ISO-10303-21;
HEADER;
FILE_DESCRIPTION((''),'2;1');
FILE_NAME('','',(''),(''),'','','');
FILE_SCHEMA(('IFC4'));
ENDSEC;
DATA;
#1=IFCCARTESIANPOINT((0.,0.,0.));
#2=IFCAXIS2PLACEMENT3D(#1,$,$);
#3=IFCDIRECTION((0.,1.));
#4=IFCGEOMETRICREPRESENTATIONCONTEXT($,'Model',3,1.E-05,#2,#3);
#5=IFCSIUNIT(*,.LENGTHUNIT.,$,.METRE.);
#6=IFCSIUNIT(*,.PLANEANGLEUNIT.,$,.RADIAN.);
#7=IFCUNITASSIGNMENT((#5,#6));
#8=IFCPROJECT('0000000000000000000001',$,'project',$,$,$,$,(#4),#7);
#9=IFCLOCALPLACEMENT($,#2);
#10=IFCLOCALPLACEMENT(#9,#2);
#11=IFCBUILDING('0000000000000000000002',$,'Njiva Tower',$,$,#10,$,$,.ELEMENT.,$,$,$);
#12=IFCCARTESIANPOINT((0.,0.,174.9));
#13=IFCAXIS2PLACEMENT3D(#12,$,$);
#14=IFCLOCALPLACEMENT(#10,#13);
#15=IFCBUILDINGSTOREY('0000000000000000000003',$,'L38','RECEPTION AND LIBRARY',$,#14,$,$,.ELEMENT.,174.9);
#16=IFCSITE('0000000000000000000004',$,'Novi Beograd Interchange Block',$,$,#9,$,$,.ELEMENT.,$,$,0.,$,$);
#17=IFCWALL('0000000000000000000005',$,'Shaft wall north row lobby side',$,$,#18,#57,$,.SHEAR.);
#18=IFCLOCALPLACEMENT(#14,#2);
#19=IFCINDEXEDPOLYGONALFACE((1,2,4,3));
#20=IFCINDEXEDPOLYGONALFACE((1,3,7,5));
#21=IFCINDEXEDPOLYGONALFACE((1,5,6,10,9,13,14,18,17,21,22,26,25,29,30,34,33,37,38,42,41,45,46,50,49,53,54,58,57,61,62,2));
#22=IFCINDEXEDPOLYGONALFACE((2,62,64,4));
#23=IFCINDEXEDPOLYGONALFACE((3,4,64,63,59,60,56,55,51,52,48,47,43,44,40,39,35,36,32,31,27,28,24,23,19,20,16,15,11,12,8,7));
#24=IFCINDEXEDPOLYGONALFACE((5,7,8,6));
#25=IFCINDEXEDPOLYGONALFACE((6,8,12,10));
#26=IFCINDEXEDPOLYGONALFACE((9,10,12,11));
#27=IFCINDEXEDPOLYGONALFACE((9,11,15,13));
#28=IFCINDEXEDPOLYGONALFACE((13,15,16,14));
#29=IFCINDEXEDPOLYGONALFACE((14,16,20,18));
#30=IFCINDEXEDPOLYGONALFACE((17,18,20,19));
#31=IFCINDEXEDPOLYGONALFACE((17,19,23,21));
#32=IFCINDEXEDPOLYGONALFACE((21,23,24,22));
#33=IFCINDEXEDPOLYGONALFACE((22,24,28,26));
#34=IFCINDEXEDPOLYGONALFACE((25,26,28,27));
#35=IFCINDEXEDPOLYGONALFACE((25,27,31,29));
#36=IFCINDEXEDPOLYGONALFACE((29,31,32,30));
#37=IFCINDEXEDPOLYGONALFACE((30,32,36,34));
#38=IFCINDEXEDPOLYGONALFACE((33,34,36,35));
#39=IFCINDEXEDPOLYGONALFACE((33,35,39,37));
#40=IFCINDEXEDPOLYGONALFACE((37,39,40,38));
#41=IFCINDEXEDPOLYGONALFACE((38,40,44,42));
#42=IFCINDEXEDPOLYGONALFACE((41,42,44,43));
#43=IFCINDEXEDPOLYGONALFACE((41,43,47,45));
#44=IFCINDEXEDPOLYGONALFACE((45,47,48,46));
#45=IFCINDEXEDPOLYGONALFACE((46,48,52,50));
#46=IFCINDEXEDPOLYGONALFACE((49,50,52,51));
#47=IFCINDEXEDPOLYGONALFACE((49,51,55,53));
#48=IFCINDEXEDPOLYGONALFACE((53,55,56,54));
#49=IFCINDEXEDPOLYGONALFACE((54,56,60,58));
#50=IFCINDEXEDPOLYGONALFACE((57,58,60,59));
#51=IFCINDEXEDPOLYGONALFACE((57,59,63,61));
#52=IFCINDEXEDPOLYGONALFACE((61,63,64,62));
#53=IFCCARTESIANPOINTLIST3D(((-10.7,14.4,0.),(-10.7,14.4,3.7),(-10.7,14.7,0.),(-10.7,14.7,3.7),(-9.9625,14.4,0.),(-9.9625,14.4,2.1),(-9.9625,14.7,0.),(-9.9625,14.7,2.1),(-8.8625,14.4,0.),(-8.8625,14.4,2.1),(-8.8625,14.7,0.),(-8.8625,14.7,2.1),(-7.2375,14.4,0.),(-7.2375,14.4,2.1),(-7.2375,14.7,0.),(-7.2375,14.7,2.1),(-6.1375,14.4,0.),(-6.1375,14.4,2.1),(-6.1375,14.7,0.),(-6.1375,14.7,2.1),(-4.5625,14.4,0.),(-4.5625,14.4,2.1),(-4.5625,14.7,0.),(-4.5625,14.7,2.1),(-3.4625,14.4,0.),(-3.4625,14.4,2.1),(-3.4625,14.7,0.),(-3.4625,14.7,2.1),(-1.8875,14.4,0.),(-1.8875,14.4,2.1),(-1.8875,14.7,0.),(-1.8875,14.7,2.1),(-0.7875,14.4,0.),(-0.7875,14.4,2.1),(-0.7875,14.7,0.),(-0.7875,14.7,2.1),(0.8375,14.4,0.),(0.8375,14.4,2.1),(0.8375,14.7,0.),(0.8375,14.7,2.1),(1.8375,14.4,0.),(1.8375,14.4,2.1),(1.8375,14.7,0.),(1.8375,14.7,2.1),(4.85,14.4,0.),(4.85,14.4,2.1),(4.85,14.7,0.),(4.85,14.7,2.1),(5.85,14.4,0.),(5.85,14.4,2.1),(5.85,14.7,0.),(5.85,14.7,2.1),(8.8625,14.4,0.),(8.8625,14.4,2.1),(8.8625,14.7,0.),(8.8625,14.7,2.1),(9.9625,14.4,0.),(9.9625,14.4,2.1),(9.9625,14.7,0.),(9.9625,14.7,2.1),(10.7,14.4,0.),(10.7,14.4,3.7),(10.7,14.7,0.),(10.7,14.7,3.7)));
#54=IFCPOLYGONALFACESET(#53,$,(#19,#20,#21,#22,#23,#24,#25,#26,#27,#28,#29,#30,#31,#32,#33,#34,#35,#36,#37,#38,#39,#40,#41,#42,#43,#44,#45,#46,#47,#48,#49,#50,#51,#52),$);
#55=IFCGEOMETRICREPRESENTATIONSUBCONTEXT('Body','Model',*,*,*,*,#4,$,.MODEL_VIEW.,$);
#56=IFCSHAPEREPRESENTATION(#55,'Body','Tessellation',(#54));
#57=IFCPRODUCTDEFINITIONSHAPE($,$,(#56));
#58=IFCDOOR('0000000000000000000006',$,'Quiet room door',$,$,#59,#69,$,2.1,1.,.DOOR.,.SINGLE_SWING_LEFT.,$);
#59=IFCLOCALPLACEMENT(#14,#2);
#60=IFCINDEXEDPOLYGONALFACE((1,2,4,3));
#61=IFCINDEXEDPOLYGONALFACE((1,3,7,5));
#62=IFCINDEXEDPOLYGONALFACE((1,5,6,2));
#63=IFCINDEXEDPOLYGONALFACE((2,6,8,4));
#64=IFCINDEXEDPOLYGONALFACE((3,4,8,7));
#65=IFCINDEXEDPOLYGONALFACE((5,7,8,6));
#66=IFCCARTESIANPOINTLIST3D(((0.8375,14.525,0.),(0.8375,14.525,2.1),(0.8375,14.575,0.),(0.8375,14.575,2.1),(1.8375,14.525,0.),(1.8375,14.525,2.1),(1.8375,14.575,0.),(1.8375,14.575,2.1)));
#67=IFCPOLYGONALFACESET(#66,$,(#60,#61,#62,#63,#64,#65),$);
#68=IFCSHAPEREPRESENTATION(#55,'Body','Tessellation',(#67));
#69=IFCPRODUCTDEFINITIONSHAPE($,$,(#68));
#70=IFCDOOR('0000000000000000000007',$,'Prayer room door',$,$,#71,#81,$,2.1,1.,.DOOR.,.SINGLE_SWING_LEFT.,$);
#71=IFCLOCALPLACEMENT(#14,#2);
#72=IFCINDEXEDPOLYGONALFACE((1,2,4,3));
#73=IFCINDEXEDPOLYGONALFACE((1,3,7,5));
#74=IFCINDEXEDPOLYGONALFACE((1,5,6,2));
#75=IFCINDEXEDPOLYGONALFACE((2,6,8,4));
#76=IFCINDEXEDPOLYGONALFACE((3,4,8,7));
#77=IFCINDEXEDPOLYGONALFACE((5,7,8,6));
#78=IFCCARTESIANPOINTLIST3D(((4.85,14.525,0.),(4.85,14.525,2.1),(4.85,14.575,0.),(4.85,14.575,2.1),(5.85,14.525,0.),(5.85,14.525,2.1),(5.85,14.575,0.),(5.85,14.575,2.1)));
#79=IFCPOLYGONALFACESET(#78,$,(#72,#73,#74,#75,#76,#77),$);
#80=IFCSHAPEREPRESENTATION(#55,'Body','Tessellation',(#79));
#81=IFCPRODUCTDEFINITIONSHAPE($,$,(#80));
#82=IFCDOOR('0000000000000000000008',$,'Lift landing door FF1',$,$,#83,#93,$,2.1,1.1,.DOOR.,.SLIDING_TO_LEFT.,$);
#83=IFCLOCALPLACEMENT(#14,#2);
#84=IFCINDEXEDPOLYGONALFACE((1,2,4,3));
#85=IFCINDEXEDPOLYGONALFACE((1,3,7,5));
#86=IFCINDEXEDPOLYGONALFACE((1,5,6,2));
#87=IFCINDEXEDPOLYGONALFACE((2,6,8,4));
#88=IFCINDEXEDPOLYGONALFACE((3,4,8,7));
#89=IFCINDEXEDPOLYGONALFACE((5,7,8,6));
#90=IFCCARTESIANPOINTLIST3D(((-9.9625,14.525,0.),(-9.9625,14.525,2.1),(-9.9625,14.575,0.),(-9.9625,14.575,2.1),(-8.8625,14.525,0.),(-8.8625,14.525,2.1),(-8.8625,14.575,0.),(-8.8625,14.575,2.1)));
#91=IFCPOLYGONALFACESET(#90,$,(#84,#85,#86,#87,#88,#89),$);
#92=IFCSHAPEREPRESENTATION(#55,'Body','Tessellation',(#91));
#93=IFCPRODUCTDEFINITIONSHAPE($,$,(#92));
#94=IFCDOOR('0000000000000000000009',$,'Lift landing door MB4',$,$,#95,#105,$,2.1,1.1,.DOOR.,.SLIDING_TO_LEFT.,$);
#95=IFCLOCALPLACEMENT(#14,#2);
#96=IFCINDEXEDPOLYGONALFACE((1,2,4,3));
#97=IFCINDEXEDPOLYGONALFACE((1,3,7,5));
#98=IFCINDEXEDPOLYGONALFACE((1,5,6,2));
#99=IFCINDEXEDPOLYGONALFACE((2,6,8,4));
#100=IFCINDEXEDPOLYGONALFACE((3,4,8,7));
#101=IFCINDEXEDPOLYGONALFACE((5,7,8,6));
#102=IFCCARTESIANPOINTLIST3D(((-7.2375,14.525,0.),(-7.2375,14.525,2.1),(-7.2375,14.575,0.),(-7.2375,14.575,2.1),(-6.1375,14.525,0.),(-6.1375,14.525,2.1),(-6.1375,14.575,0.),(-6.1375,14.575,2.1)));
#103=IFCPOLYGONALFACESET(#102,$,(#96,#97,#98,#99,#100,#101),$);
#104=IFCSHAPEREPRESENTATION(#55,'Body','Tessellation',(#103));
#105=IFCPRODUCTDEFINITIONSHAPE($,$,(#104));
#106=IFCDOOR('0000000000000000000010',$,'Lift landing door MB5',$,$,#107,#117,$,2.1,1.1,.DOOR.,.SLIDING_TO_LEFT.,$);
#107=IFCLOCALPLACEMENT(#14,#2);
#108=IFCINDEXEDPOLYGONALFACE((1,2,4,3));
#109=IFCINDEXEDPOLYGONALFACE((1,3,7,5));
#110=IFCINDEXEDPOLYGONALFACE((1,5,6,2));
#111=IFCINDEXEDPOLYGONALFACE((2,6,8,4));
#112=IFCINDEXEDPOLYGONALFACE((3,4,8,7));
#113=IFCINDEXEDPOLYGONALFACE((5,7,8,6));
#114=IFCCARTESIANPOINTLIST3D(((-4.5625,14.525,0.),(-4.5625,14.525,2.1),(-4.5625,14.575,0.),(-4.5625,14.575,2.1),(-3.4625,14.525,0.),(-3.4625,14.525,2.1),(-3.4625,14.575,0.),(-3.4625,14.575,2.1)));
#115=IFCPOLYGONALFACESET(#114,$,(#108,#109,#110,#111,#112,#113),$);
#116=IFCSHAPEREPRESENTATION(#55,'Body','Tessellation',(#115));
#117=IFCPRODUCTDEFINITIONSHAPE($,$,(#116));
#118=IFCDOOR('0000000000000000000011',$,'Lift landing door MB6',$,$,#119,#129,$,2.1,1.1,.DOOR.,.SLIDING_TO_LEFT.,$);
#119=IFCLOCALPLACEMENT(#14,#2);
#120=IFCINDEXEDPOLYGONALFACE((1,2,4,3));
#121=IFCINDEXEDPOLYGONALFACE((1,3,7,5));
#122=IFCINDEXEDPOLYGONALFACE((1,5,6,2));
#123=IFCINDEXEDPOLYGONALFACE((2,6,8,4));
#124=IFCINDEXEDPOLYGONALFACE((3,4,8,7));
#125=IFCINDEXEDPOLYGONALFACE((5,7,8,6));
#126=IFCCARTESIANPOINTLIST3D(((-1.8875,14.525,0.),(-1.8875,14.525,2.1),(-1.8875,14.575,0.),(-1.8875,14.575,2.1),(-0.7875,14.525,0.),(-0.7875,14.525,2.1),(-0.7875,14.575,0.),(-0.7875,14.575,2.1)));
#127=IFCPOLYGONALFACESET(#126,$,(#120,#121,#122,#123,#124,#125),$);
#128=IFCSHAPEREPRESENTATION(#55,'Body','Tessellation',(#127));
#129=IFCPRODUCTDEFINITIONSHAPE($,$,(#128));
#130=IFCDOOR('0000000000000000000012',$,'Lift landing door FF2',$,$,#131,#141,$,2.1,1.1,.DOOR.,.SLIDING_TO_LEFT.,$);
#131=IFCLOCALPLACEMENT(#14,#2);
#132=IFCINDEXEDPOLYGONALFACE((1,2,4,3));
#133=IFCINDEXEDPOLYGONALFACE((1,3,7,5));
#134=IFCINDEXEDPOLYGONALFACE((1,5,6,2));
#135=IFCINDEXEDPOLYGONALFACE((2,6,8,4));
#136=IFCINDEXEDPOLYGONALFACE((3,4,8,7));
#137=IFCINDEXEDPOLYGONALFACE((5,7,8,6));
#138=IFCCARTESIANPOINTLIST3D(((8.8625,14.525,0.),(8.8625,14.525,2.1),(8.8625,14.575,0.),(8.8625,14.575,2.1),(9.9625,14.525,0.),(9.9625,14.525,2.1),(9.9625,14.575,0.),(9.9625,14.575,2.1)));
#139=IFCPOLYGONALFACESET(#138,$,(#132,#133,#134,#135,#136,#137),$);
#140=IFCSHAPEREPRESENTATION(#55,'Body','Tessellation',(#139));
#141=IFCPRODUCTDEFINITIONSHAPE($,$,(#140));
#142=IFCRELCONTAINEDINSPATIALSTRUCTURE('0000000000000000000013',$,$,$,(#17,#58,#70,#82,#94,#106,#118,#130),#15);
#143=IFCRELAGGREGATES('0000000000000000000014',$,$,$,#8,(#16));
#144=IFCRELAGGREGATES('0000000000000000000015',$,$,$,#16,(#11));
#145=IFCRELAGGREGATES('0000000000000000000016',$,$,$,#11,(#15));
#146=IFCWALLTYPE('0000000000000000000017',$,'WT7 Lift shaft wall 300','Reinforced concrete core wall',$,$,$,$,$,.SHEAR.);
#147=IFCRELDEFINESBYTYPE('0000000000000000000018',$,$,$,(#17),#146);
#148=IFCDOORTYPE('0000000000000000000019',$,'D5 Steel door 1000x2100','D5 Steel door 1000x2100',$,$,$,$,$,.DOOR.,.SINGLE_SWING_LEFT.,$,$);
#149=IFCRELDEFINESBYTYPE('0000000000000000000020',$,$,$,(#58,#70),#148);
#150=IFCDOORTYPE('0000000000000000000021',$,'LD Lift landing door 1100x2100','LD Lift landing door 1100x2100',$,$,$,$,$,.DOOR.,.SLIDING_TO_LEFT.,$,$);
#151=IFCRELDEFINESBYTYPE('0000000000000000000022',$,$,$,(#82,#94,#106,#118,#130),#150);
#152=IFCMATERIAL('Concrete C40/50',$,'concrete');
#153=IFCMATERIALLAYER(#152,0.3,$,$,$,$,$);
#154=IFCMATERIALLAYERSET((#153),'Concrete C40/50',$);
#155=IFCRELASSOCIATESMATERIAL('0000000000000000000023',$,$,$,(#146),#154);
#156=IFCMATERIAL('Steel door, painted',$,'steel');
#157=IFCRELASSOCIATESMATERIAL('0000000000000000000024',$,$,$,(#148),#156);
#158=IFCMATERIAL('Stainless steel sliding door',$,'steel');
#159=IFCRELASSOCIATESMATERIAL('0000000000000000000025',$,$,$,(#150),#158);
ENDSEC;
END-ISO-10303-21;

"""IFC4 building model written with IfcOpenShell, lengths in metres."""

from ifc_helpers import new_model, si_unit, direction, frame, frame_2d, origin, place, context, subcontext, project, spatial, rectangle, extrude, material, layer, layer_set, type_object, element, fill, save


model = new_model("IFC4")

# Units and contexts
model_context = context("Model", 3, precision=1e-05, world=origin(), true_north=direction((0.0, 1.0)))
body_context = subcontext(model_context, "Body", "Model", "MODEL_VIEW")
ifc_project = project(units=[si_unit("LENGTHUNIT", "METRE"), si_unit("PLANEANGLEUNIT", "RADIAN")], contexts=[model_context])

# Site, building, storey
site_placement = place(None, origin())
site = spatial("IfcSite", under=ifc_project, at=site_placement, Name="Novi Beograd Interchange Block", CompositionType="ELEMENT", RefElevation=0.0)
building_placement = place(site_placement, origin())
building = spatial("IfcBuilding", under=site, at=building_placement, Name="Njiva Tower", CompositionType="ELEMENT")
storey_placement = place(building_placement, frame((0.0, 0.0, 174.9)))
storey = spatial("IfcBuildingStorey", under=building, at=storey_placement, Name="L38", Description="RECEPTION AND LIBRARY", CompositionType="ELEMENT", Elevation=174.9)

# Wall, openings, doors
ifc_material_1 = material(Name="Concrete C40/50", Category="concrete")
ifc_layer_1 = layer(ifc_material_1, 0.3)
ifc_layer_set_1 = layer_set([ifc_layer_1], Name="Concrete C40/50")
wall_type_1 = type_object("IfcWallType", Name="WT7 Lift shaft wall 300", Description="Reinforced concrete core wall", PredefinedType="SHEAR", material=ifc_layer_set_1)
wall_1_placement = place(storey_placement, frame((-10.7, 14.55, 0.0), z_axis=(0.0, 0.0, 1.0), x_axis=(1.0, 0.0, 0.0)))
wall_1 = element("IfcWall", 1, at=wall_1_placement, inside=storey, type_object=wall_type_1, Name="Shaft wall north row lobby side", PredefinedType="SHEAR", context=body_context, shape_type="SweptSolid", body=[
    extrude(rectangle(XDim=21.4, YDim=0.3, at=frame_2d((10.7, 0.0))), origin(), (0.0, 0.0, 1.0), 3.7),
])
opening_1_placement = place(wall_1_placement, frame((0.7375, 0.0, 0.0)))
opening_1 = element("IfcOpeningElement", 2, at=opening_1_placement, cuts=wall_1, PredefinedType="OPENING", context=body_context, shape_type="SweptSolid", body=[
    extrude(rectangle(XDim=1.1, YDim=2.1, at=frame_2d((0.55, 1.05))), frame((0.0, 0.16, 0.0), z_axis=(0.0, -1.0, 0.0), x_axis=(1.0, 0.0, 0.0)), (0.0, 0.0, 1.0), 0.32),
])
opening_2_placement = place(wall_1_placement, frame((3.4625, 0.0, 0.0)))
opening_2 = element("IfcOpeningElement", 3, at=opening_2_placement, cuts=wall_1, PredefinedType="OPENING", context=body_context, shape_type="SweptSolid", body=[
    extrude(rectangle(XDim=1.1, YDim=2.1, at=frame_2d((0.55, 1.05))), frame((0.0, 0.16, 0.0), z_axis=(0.0, -1.0, 0.0), x_axis=(1.0, 0.0, 0.0)), (0.0, 0.0, 1.0), 0.32),
])
opening_3_placement = place(wall_1_placement, frame((6.1375, 0.0, 0.0)))
opening_3 = element("IfcOpeningElement", 4, at=opening_3_placement, cuts=wall_1, PredefinedType="OPENING", context=body_context, shape_type="SweptSolid", body=[
    extrude(rectangle(XDim=1.1, YDim=2.1, at=frame_2d((0.55, 1.05))), frame((0.0, 0.16, 0.0), z_axis=(0.0, -1.0, 0.0), x_axis=(1.0, 0.0, 0.0)), (0.0, 0.0, 1.0), 0.32),
])
opening_4_placement = place(wall_1_placement, frame((8.8125, 0.0, 0.0)))
opening_4 = element("IfcOpeningElement", 5, at=opening_4_placement, cuts=wall_1, PredefinedType="OPENING", context=body_context, shape_type="SweptSolid", body=[
    extrude(rectangle(XDim=1.1, YDim=2.1, at=frame_2d((0.55, 1.05))), frame((0.0, 0.16, 0.0), z_axis=(0.0, -1.0, 0.0), x_axis=(1.0, 0.0, 0.0)), (0.0, 0.0, 1.0), 0.32),
])
opening_5_placement = place(wall_1_placement, frame((19.5625, 0.0, 0.0)))
opening_5 = element("IfcOpeningElement", 6, at=opening_5_placement, cuts=wall_1, PredefinedType="OPENING", context=body_context, shape_type="SweptSolid", body=[
    extrude(rectangle(XDim=1.1, YDim=2.1, at=frame_2d((0.55, 1.05))), frame((0.0, 0.16, 0.0), z_axis=(0.0, -1.0, 0.0), x_axis=(1.0, 0.0, 0.0)), (0.0, 0.0, 1.0), 0.32),
])
opening_6_placement = place(wall_1_placement, frame((11.5375, 0.0, 0.0)))
opening_6 = element("IfcOpeningElement", 7, at=opening_6_placement, cuts=wall_1, PredefinedType="OPENING", context=body_context, shape_type="SweptSolid", body=[
    extrude(rectangle(XDim=1.0, YDim=2.1, at=frame_2d((0.5, 1.05))), frame((0.0, 0.16, 0.0), z_axis=(0.0, -1.0, 0.0), x_axis=(1.0, 0.0, 0.0)), (0.0, 0.0, 1.0), 0.32),
])
opening_7_placement = place(wall_1_placement, frame((15.55, 0.0, 0.0)))
opening_7 = element("IfcOpeningElement", 8, at=opening_7_placement, cuts=wall_1, PredefinedType="OPENING", context=body_context, shape_type="SweptSolid", body=[
    extrude(rectangle(XDim=1.0, YDim=2.1, at=frame_2d((0.5, 1.05))), frame((0.0, 0.16, 0.0), z_axis=(0.0, -1.0, 0.0), x_axis=(1.0, 0.0, 0.0)), (0.0, 0.0, 1.0), 0.32),
])
ifc_material_2 = material(Name="Steel door, painted", Category="steel")
door_type_1 = type_object("IfcDoorType", Name="D5 Steel door 1000x2100", Description="D5 Steel door 1000x2100", OperationType="SINGLE_SWING_LEFT", PredefinedType="DOOR", material=ifc_material_2)
door_1_placement = place(opening_6_placement, origin())
door_1 = element("IfcDoor", 9, at=door_1_placement, inside=storey, type_object=door_type_1, Name="Quiet room door", OperationType="SINGLE_SWING_LEFT", OverallHeight=2.1, OverallWidth=1.0, PredefinedType="DOOR", context=body_context, shape_type="SweptSolid", body=[
    extrude(rectangle(XDim=1.0, YDim=2.1, at=frame_2d((0.5, 1.05))), frame((0.0, 0.025, 0.0), z_axis=(0.0, -1.0, 0.0), x_axis=(1.0, 0.0, 0.0)), (0.0, 0.0, 1.0), 0.05),
])
fill(opening_6, door_1)
door_2_placement = place(opening_7_placement, origin())
door_2 = element("IfcDoor", 10, at=door_2_placement, inside=storey, type_object=door_type_1, Name="Prayer room door", OperationType="SINGLE_SWING_LEFT", OverallHeight=2.1, OverallWidth=1.0, PredefinedType="DOOR", context=body_context, shape_type="SweptSolid", body=[
    extrude(rectangle(XDim=1.0, YDim=2.1, at=frame_2d((0.5, 1.05))), frame((0.0, 0.025, 0.0), z_axis=(0.0, -1.0, 0.0), x_axis=(1.0, 0.0, 0.0)), (0.0, 0.0, 1.0), 0.05),
])
fill(opening_7, door_2)
ifc_material_3 = material(Name="Stainless steel sliding door", Category="steel")
door_type_2 = type_object("IfcDoorType", Name="LD Lift landing door 1100x2100", Description="LD Lift landing door 1100x2100", OperationType="SLIDING_TO_LEFT", PredefinedType="DOOR", material=ifc_material_3)
door_3_placement = place(opening_1_placement, origin())
door_3 = element("IfcDoor", 11, at=door_3_placement, inside=storey, type_object=door_type_2, Name="Lift landing door FF1", OperationType="SLIDING_TO_LEFT", OverallHeight=2.1, OverallWidth=1.1, PredefinedType="DOOR", context=body_context, shape_type="SweptSolid", body=[
    extrude(rectangle(XDim=1.1, YDim=2.1, at=frame_2d((0.55, 1.05))), frame((0.0, 0.025, 0.0), z_axis=(0.0, -1.0, 0.0), x_axis=(1.0, 0.0, 0.0)), (0.0, 0.0, 1.0), 0.05),
])
fill(opening_1, door_3)
door_4_placement = place(opening_2_placement, origin())
door_4 = element("IfcDoor", 12, at=door_4_placement, inside=storey, type_object=door_type_2, Name="Lift landing door MB4", OperationType="SLIDING_TO_LEFT", OverallHeight=2.1, OverallWidth=1.1, PredefinedType="DOOR", context=body_context, shape_type="SweptSolid", body=[
    extrude(rectangle(XDim=1.1, YDim=2.1, at=frame_2d((0.55, 1.05))), frame((0.0, 0.025, 0.0), z_axis=(0.0, -1.0, 0.0), x_axis=(1.0, 0.0, 0.0)), (0.0, 0.0, 1.0), 0.05),
])
fill(opening_2, door_4)
door_5_placement = place(opening_3_placement, origin())
door_5 = element("IfcDoor", 13, at=door_5_placement, inside=storey, type_object=door_type_2, Name="Lift landing door MB5", OperationType="SLIDING_TO_LEFT", OverallHeight=2.1, OverallWidth=1.1, PredefinedType="DOOR", context=body_context, shape_type="SweptSolid", body=[
    extrude(rectangle(XDim=1.1, YDim=2.1, at=frame_2d((0.55, 1.05))), frame((0.0, 0.025, 0.0), z_axis=(0.0, -1.0, 0.0), x_axis=(1.0, 0.0, 0.0)), (0.0, 0.0, 1.0), 0.05),
])
fill(opening_3, door_5)
door_6_placement = place(opening_4_placement, origin())
door_6 = element("IfcDoor", 14, at=door_6_placement, inside=storey, type_object=door_type_2, Name="Lift landing door MB6", OperationType="SLIDING_TO_LEFT", OverallHeight=2.1, OverallWidth=1.1, PredefinedType="DOOR", context=body_context, shape_type="SweptSolid", body=[
    extrude(rectangle(XDim=1.1, YDim=2.1, at=frame_2d((0.55, 1.05))), frame((0.0, 0.025, 0.0), z_axis=(0.0, -1.0, 0.0), x_axis=(1.0, 0.0, 0.0)), (0.0, 0.0, 1.0), 0.05),
])
fill(opening_4, door_6)
door_7_placement = place(opening_5_placement, origin())
door_7 = element("IfcDoor", 15, at=door_7_placement, inside=storey, type_object=door_type_2, Name="Lift landing door FF2", OperationType="SLIDING_TO_LEFT", OverallHeight=2.1, OverallWidth=1.1, PredefinedType="DOOR", context=body_context, shape_type="SweptSolid", body=[
    extrude(rectangle(XDim=1.1, YDim=2.1, at=frame_2d((0.55, 1.05))), frame((0.0, 0.025, 0.0), z_axis=(0.0, -1.0, 0.0), x_axis=(1.0, 0.0, 0.0)), (0.0, 0.0, 1.0), 0.05),
])
fill(opening_5, door_7)

save(model, "model.ifc")
